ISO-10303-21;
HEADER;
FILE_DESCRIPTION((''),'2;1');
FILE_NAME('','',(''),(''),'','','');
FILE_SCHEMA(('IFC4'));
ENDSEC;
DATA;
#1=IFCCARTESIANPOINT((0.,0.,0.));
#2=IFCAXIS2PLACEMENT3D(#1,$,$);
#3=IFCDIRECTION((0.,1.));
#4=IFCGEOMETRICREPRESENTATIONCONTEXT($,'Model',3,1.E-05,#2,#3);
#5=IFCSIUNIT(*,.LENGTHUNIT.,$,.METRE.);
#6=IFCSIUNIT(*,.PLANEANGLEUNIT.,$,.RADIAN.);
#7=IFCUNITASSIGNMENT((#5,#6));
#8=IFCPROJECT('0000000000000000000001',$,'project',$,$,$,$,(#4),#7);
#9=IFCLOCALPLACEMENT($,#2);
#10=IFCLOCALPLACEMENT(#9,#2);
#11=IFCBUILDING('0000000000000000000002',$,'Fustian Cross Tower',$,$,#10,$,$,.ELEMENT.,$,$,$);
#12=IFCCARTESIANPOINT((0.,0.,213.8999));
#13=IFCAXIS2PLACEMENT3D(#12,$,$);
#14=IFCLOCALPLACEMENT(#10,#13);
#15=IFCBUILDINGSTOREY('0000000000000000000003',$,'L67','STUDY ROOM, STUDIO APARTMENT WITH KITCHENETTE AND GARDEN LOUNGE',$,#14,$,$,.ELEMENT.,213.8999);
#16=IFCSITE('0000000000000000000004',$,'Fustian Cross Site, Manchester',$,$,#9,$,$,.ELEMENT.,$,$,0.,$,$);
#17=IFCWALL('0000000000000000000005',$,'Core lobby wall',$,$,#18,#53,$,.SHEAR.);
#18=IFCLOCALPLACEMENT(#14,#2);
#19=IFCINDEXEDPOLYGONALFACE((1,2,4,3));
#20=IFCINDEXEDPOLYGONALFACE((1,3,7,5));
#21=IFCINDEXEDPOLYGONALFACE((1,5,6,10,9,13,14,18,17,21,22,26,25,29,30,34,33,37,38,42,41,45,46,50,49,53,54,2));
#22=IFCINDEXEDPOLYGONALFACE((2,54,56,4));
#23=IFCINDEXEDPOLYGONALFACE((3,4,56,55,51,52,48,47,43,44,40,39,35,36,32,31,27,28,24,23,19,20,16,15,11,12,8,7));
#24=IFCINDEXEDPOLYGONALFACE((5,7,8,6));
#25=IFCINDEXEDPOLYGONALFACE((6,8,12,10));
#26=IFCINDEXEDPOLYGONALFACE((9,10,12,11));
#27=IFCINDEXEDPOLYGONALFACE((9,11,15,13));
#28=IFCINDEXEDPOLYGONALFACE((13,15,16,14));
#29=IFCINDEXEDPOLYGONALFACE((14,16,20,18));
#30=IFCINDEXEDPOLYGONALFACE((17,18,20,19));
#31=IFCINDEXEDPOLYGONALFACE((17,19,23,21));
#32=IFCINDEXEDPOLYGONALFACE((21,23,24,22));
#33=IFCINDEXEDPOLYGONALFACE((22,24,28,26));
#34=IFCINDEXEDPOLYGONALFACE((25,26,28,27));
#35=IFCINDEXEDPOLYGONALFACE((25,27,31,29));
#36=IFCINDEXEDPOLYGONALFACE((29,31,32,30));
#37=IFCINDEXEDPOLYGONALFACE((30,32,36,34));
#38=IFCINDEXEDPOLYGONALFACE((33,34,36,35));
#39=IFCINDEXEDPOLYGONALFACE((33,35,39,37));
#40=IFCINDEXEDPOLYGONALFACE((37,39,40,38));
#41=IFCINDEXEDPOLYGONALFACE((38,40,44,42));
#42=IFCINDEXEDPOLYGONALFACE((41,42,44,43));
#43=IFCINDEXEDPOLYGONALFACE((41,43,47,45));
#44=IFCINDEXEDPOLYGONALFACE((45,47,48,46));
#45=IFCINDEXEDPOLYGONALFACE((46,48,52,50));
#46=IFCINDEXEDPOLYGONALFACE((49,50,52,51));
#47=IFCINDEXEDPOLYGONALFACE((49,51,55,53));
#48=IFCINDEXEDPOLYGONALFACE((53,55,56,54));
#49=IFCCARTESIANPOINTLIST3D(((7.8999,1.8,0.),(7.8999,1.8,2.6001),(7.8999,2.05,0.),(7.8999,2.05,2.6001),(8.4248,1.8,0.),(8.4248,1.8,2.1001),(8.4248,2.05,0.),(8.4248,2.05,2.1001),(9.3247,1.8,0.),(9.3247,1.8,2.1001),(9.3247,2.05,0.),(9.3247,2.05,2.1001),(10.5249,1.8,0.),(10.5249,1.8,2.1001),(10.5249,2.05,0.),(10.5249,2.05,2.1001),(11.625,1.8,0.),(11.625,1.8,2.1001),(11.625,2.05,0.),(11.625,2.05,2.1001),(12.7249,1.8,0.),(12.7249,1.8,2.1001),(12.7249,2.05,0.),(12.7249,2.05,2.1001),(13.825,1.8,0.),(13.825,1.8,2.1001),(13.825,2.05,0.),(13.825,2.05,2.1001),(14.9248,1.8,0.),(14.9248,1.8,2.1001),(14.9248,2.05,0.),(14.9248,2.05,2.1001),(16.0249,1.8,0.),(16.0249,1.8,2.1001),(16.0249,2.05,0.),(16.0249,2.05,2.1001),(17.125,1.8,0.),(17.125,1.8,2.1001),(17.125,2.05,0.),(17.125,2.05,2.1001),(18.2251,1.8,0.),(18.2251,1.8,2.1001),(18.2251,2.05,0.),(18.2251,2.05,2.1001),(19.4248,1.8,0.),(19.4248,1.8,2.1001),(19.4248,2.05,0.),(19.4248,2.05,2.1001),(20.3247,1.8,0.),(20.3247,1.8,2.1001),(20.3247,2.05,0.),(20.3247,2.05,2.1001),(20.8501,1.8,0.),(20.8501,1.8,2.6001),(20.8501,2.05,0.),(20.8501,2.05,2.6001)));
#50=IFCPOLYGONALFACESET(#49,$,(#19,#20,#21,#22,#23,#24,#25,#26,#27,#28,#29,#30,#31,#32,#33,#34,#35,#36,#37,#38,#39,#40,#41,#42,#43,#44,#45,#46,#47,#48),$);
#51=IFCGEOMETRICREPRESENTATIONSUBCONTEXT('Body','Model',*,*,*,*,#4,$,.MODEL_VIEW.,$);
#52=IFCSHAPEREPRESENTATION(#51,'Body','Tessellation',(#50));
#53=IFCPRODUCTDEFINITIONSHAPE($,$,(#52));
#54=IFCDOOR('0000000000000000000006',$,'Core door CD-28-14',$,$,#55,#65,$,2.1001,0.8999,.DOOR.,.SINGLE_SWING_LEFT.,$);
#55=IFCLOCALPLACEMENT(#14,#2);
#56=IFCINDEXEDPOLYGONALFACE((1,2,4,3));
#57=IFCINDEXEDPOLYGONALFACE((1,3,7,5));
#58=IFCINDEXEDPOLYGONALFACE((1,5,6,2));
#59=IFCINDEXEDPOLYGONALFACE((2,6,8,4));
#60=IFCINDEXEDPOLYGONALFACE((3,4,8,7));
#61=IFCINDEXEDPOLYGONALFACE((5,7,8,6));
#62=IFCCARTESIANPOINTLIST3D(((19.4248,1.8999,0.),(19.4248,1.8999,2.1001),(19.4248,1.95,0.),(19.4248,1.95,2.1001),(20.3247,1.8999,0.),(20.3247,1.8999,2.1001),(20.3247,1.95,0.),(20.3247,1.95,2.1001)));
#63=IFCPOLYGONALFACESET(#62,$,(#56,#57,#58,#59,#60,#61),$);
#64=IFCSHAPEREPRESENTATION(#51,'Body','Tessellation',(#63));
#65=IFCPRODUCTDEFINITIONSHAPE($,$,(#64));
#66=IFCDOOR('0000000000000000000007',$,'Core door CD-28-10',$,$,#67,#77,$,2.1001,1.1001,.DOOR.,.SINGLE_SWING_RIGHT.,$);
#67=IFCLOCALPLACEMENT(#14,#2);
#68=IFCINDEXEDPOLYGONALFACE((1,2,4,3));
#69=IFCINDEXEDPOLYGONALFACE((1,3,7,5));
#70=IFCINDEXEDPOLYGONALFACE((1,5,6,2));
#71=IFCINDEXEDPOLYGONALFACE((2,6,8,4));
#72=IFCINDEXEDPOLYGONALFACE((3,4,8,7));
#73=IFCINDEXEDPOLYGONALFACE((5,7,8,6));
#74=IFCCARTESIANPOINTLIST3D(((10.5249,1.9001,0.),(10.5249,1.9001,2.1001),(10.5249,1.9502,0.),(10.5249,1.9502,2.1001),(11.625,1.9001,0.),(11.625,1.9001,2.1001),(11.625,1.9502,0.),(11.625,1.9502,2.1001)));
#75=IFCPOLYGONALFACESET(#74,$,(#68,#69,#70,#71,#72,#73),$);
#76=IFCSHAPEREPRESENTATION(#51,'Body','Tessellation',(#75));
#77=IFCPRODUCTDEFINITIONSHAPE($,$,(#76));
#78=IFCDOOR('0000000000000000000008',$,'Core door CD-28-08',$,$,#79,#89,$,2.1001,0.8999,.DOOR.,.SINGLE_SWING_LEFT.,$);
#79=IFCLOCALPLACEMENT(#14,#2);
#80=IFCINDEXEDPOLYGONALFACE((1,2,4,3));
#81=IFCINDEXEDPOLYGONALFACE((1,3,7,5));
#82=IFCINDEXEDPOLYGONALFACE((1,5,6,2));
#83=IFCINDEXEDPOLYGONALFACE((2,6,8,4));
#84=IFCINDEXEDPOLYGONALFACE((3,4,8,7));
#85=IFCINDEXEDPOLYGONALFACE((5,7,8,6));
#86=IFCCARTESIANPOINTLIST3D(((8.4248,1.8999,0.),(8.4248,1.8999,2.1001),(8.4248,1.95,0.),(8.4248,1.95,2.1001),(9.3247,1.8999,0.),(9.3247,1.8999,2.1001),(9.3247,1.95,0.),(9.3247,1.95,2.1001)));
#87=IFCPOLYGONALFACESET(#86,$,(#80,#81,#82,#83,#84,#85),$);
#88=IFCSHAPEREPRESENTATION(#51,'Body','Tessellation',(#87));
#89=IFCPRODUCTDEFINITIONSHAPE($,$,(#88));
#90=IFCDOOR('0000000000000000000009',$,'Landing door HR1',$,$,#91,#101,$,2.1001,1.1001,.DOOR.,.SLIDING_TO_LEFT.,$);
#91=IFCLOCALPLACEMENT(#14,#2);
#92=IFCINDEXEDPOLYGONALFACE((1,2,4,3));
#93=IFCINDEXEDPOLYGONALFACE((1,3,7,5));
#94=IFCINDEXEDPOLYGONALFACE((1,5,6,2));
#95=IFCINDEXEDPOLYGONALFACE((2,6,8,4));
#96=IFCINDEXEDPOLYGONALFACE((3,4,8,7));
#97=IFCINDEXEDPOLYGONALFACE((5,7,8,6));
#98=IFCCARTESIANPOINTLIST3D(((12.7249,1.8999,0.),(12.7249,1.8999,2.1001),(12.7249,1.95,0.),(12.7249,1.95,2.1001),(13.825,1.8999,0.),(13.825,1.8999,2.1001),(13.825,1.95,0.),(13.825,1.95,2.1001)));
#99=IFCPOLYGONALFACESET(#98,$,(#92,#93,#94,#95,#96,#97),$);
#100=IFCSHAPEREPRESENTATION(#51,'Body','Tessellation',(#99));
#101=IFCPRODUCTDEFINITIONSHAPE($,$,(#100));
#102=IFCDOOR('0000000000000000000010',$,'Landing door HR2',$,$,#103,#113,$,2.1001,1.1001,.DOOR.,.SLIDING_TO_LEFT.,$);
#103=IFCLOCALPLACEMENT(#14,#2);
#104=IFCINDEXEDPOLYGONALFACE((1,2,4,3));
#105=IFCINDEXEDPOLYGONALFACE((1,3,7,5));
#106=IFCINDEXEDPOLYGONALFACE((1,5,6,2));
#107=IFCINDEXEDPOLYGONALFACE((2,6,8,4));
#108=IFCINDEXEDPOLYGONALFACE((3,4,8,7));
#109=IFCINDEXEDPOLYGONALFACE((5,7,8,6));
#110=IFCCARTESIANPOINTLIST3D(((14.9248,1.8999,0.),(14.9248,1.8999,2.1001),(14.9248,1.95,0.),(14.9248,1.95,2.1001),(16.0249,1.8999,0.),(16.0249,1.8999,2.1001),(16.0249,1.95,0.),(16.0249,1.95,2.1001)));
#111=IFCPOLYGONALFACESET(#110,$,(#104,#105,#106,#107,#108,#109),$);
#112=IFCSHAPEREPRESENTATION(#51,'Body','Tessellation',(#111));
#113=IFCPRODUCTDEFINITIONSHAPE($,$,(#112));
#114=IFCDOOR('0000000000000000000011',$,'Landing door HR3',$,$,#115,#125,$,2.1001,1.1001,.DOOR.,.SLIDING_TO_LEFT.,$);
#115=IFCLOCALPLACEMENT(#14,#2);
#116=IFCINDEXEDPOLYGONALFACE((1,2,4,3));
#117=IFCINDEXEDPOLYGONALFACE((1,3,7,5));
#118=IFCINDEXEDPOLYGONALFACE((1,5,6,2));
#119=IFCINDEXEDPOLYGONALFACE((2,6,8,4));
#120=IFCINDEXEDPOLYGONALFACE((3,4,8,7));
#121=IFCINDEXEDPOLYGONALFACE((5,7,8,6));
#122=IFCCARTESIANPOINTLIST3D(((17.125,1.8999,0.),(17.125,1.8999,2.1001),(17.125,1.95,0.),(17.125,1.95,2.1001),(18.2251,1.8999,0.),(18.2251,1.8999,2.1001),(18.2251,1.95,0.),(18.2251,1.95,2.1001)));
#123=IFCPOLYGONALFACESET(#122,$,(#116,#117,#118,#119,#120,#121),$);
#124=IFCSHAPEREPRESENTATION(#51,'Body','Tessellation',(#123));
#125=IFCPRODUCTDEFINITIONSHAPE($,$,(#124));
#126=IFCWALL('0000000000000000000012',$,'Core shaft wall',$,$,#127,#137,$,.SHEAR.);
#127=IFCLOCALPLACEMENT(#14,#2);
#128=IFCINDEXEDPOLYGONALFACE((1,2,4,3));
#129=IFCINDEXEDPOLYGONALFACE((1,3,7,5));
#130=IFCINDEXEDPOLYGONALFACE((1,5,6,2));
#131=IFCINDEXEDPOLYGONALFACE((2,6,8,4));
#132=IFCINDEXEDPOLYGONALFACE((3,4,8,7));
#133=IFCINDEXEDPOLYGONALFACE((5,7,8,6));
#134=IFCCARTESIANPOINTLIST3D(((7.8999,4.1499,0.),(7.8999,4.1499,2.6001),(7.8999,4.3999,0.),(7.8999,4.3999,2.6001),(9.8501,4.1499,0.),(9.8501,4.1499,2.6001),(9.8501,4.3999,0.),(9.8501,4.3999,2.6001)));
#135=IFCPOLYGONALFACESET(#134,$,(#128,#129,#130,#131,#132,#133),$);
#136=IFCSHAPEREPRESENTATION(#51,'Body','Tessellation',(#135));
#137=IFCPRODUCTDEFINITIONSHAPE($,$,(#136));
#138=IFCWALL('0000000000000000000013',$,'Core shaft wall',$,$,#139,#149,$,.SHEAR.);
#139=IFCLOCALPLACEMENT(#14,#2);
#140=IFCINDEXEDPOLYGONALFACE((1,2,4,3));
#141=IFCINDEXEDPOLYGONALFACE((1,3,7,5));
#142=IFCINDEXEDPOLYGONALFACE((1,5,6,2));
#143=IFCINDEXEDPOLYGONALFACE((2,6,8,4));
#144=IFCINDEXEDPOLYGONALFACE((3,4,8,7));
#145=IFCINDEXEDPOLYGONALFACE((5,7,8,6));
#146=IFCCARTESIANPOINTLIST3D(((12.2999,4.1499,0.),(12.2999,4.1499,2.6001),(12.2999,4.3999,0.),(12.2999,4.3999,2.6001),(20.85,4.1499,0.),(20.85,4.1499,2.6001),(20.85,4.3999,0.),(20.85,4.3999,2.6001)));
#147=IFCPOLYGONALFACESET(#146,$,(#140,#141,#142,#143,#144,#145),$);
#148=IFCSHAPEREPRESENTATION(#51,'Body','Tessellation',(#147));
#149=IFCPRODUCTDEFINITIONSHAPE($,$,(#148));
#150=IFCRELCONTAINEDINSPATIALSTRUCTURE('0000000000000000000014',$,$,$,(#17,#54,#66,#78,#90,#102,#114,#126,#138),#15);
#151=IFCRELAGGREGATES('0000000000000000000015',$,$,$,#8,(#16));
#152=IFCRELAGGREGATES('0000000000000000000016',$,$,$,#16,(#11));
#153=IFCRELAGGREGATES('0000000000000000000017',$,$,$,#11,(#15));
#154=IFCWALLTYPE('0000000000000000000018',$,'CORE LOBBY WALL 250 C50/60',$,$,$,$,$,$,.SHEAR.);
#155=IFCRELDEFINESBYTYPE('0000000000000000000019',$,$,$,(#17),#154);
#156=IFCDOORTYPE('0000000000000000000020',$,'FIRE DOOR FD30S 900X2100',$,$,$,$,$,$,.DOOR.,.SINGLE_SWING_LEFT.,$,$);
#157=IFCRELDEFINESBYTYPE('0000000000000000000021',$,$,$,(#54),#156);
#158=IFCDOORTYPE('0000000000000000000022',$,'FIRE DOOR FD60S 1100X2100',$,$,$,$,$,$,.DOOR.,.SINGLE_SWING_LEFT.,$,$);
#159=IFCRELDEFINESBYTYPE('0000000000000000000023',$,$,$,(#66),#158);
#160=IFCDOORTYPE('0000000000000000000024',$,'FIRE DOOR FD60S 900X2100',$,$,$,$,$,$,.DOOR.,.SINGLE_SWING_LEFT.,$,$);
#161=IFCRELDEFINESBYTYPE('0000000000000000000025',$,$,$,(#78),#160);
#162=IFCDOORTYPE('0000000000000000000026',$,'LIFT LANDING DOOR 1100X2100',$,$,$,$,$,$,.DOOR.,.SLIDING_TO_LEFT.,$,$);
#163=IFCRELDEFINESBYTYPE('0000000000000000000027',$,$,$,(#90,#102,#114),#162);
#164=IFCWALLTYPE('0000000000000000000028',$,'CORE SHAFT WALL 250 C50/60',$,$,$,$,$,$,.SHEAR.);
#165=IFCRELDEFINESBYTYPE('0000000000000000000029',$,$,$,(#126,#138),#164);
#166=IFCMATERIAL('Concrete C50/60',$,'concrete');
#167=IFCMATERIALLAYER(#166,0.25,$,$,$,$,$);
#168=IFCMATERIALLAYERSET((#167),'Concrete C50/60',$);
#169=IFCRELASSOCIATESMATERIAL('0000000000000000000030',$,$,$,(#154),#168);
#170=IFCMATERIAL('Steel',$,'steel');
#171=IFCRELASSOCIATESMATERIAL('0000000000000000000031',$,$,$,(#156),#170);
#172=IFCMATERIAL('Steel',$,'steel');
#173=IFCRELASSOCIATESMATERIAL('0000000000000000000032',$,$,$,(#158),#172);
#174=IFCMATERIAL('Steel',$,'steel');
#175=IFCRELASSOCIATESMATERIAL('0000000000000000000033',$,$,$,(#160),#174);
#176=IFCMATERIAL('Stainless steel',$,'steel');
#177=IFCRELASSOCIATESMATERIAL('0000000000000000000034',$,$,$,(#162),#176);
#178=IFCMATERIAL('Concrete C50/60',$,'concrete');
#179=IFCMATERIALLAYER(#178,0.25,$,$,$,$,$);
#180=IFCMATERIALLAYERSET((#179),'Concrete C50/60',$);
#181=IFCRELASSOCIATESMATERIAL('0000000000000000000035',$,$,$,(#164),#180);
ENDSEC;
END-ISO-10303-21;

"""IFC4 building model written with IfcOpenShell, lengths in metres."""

from ifc_helpers import new_model, si_unit, direction, frame, frame_2d, origin, place, context, subcontext, project, spatial, rectangle, extrude, material, layer, layer_set, type_object, element, fill, save


model = new_model("IFC4")

# Units and contexts
model_context = context("Model", 3, precision=1e-05, world=origin(), true_north=direction((0.0, 1.0)))
body_context = subcontext(model_context, "Body", "Model", "MODEL_VIEW")
ifc_project = project(units=[si_unit("LENGTHUNIT", "METRE"), si_unit("PLANEANGLEUNIT", "RADIAN")], contexts=[model_context])

# Site, building, storey
site_placement = place(None, origin())
site = spatial("IfcSite", under=ifc_project, at=site_placement, Name="Fustian Cross Site, Manchester", CompositionType="ELEMENT", RefElevation=0.0)
building_placement = place(site_placement, origin())
building = spatial("IfcBuilding", under=site, at=building_placement, Name="Fustian Cross Tower", CompositionType="ELEMENT")
storey_placement = place(building_placement, frame((0.0, 0.0, 213.8999)))
storey = spatial("IfcBuildingStorey", under=building, at=storey_placement, Name="L67", Description="STUDY ROOM, STUDIO APARTMENT WITH KITCHENETTE AND GARDEN LOUNGE", CompositionType="ELEMENT", Elevation=213.8999)

# Wall, openings, doors
ifc_material_1 = material(Name="Concrete C50/60", Category="concrete")
ifc_layer_1 = layer(ifc_material_1, 0.25)
ifc_layer_set_1 = layer_set([ifc_layer_1], Name="Concrete C50/60")
wall_type_1 = type_object("IfcWallType", Name="CORE LOBBY WALL 250 C50/60", PredefinedType="SHEAR", material=ifc_layer_set_1)
wall_1_placement = place(storey_placement, frame((7.8999, 1.925, 0.0), z_axis=(0.0, 0.0, 1.0), x_axis=(1.0, 0.0, 0.0)))
wall_1 = element("IfcWall", 1, at=wall_1_placement, inside=storey, type_object=wall_type_1, Name="Core lobby wall", PredefinedType="SHEAR", context=body_context, shape_type="SweptSolid", body=[
    extrude(rectangle(XDim=12.9502, YDim=0.25, at=frame_2d((6.4751, 0.0))), origin(), (0.0, 0.0, 1.0), 2.6001),
])
opening_1_placement = place(wall_1_placement, frame((4.825, 0.0, 0.0)))
opening_1 = element("IfcOpeningElement", 2, at=opening_1_placement, cuts=wall_1, PredefinedType="OPENING", context=body_context, shape_type="SweptSolid", body=[
    extrude(rectangle(XDim=1.1001, YDim=2.1001, at=frame_2d((0.55, 1.05))), frame((0.0, 0.135, 0.0), z_axis=(0.0, -1.0, 0.0), x_axis=(1.0, 0.0, 0.0)), (0.0, 0.0, 1.0), 0.27),
])
opening_2_placement = place(wall_1_placement, frame((7.0249, 0.0, 0.0)))
opening_2 = element("IfcOpeningElement", 3, at=opening_2_placement, cuts=wall_1, PredefinedType="OPENING", context=body_context, shape_type="SweptSolid", body=[
    extrude(rectangle(XDim=1.1001, YDim=2.1001, at=frame_2d((0.55, 1.05))), frame((0.0, 0.135, 0.0), z_axis=(0.0, -1.0, 0.0), x_axis=(1.0, 0.0, 0.0)), (0.0, 0.0, 1.0), 0.27),
])
opening_3_placement = place(wall_1_placement, frame((9.2251, 0.0, 0.0)))
opening_3 = element("IfcOpeningElement", 4, at=opening_3_placement, cuts=wall_1, PredefinedType="OPENING", context=body_context, shape_type="SweptSolid", body=[
    extrude(rectangle(XDim=1.1001, YDim=2.1001, at=frame_2d((0.55, 1.05))), frame((0.0, 0.135, 0.0), z_axis=(0.0, -1.0, 0.0), x_axis=(1.0, 0.0, 0.0)), (0.0, 0.0, 1.0), 0.27),
])
opening_4_placement = place(wall_1_placement, frame((0.5249, 0.0, 0.0)))
opening_4 = element("IfcOpeningElement", 5, at=opening_4_placement, cuts=wall_1, PredefinedType="OPENING", context=body_context, shape_type="SweptSolid", body=[
    extrude(rectangle(XDim=0.8999, YDim=2.1001, at=frame_2d((0.45, 1.05))), frame((0.0, 0.135, 0.0), z_axis=(0.0, -1.0, 0.0), x_axis=(1.0, 0.0, 0.0)), (0.0, 0.0, 1.0), 0.27),
])
opening_5_placement = place(wall_1_placement, frame((2.625, 0.0, 0.0)))
opening_5 = element("IfcOpeningElement", 6, at=opening_5_placement, cuts=wall_1, PredefinedType="OPENING", context=body_context, shape_type="SweptSolid", body=[
    extrude(rectangle(XDim=1.1001, YDim=2.1001, at=frame_2d((0.55, 1.05))), frame((0.0, 0.135, 0.0), z_axis=(0.0, -1.0, 0.0), x_axis=(1.0, 0.0, 0.0)), (0.0, 0.0, 1.0), 0.27),
])
opening_6_placement = place(wall_1_placement, frame((11.5249, 0.0, 0.0)))
opening_6 = element("IfcOpeningElement", 7, at=opening_6_placement, cuts=wall_1, PredefinedType="OPENING", context=body_context, shape_type="SweptSolid", body=[
    extrude(rectangle(XDim=0.8999, YDim=2.1001, at=frame_2d((0.45, 1.05))), frame((0.0, 0.135, 0.0), z_axis=(0.0, -1.0, 0.0), x_axis=(1.0, 0.0, 0.0)), (0.0, 0.0, 1.0), 0.27),
])
ifc_material_2 = material(Name="Steel", Category="steel")
door_type_1 = type_object("IfcDoorType", Name="FIRE DOOR FD30S 900X2100", OperationType="SINGLE_SWING_LEFT", PredefinedType="DOOR", material=ifc_material_2)
door_1_placement = place(opening_6_placement, origin())
door_1 = element("IfcDoor", 8, at=door_1_placement, inside=storey, type_object=door_type_1, Name="Core door CD-28-14", OperationType="SINGLE_SWING_LEFT", OverallHeight=2.1001, OverallWidth=0.8999, PredefinedType="DOOR", context=body_context, shape_type="SweptSolid", body=[
    extrude(rectangle(XDim=0.8999, YDim=2.1001, at=frame_2d((0.45, 1.05))), frame((0.0, 0.0249, 0.0), z_axis=(0.0, -1.0, 0.0), x_axis=(1.0, 0.0, 0.0)), (0.0, 0.0, 1.0), 0.05),
])
fill(opening_6, door_1)
ifc_material_3 = material(Name="Steel", Category="steel")
door_type_2 = type_object("IfcDoorType", Name="FIRE DOOR FD60S 1100X2100", OperationType="SINGLE_SWING_LEFT", PredefinedType="DOOR", material=ifc_material_3)
door_2_placement = place(opening_5_placement, frame((1.1001, 0.0, 0.0), z_axis=(0.0, 0.0, 1.0), x_axis=(-1.0, 0.0, 0.0)))
door_2 = element("IfcDoor", 9, at=door_2_placement, inside=storey, type_object=door_type_2, Name="Core door CD-28-10", OperationType="SINGLE_SWING_RIGHT", OverallHeight=2.1001, OverallWidth=1.1001, PredefinedType="DOOR", context=body_context, shape_type="SweptSolid", body=[
    extrude(rectangle(XDim=1.1001, YDim=2.1001, at=frame_2d((0.55, 1.05))), frame((0.0, 0.0249, 0.0), z_axis=(0.0, -1.0, 0.0), x_axis=(1.0, 0.0, 0.0)), (0.0, 0.0, 1.0), 0.05),
])
fill(opening_5, door_2)
ifc_material_4 = material(Name="Steel", Category="steel")
door_type_3 = type_object("IfcDoorType", Name="FIRE DOOR FD60S 900X2100", OperationType="SINGLE_SWING_LEFT", PredefinedType="DOOR", material=ifc_material_4)
door_3_placement = place(opening_4_placement, origin())
door_3 = element("IfcDoor", 10, at=door_3_placement, inside=storey, type_object=door_type_3, Name="Core door CD-28-08", OperationType="SINGLE_SWING_LEFT", OverallHeight=2.1001, OverallWidth=0.8999, PredefinedType="DOOR", context=body_context, shape_type="SweptSolid", body=[
    extrude(rectangle(XDim=0.8999, YDim=2.1001, at=frame_2d((0.45, 1.05))), frame((0.0, 0.0249, 0.0), z_axis=(0.0, -1.0, 0.0), x_axis=(1.0, 0.0, 0.0)), (0.0, 0.0, 1.0), 0.05),
])
fill(opening_4, door_3)
ifc_material_5 = material(Name="Stainless steel", Category="steel")
door_type_4 = type_object("IfcDoorType", Name="LIFT LANDING DOOR 1100X2100", OperationType="SLIDING_TO_LEFT", PredefinedType="DOOR", material=ifc_material_5)
door_4_placement = place(opening_1_placement, origin())
door_4 = element("IfcDoor", 11, at=door_4_placement, inside=storey, type_object=door_type_4, Name="Landing door HR1", OperationType="SLIDING_TO_LEFT", OverallHeight=2.1001, OverallWidth=1.1001, PredefinedType="DOOR", context=body_context, shape_type="SweptSolid", body=[
    extrude(rectangle(XDim=1.1001, YDim=2.1001, at=frame_2d((0.55, 1.05))), frame((0.0, 0.0249, 0.0), z_axis=(0.0, -1.0, 0.0), x_axis=(1.0, 0.0, 0.0)), (0.0, 0.0, 1.0), 0.05),
])
fill(opening_1, door_4)
door_5_placement = place(opening_2_placement, origin())
door_5 = element("IfcDoor", 12, at=door_5_placement, inside=storey, type_object=door_type_4, Name="Landing door HR2", OperationType="SLIDING_TO_LEFT", OverallHeight=2.1001, OverallWidth=1.1001, PredefinedType="DOOR", context=body_context, shape_type="SweptSolid", body=[
    extrude(rectangle(XDim=1.1001, YDim=2.1001, at=frame_2d((0.55, 1.05))), frame((0.0, 0.0249, 0.0), z_axis=(0.0, -1.0, 0.0), x_axis=(1.0, 0.0, 0.0)), (0.0, 0.0, 1.0), 0.05),
])
fill(opening_2, door_5)
door_6_placement = place(opening_3_placement, origin())
door_6 = element("IfcDoor", 13, at=door_6_placement, inside=storey, type_object=door_type_4, Name="Landing door HR3", OperationType="SLIDING_TO_LEFT", OverallHeight=2.1001, OverallWidth=1.1001, PredefinedType="DOOR", context=body_context, shape_type="SweptSolid", body=[
    extrude(rectangle(XDim=1.1001, YDim=2.1001, at=frame_2d((0.55, 1.05))), frame((0.0, 0.0249, 0.0), z_axis=(0.0, -1.0, 0.0), x_axis=(1.0, 0.0, 0.0)), (0.0, 0.0, 1.0), 0.05),
])
fill(opening_3, door_6)

# Walls
ifc_material_6 = material(Name="Concrete C50/60", Category="concrete")
ifc_layer_2 = layer(ifc_material_6, 0.25)
ifc_layer_set_2 = layer_set([ifc_layer_2], Name="Concrete C50/60")
wall_type_2 = type_object("IfcWallType", Name="CORE SHAFT WALL 250 C50/60", PredefinedType="SHEAR", material=ifc_layer_set_2)
wall_2_placement = place(storey_placement, frame((7.8999, 4.2749, 0.0), z_axis=(0.0, 0.0, 1.0), x_axis=(1.0, 0.0, 0.0)))
element("IfcWall", 14, at=wall_2_placement, inside=storey, type_object=wall_type_2, Name="Core shaft wall", PredefinedType="SHEAR", context=body_context, shape_type="SweptSolid", body=[
    extrude(rectangle(XDim=1.9502, YDim=0.25, at=frame_2d((0.9751, 0.0))), origin(), (0.0, 0.0, 1.0), 2.6001),
])
wall_3_placement = place(storey_placement, frame((12.3, 4.2749, 0.0), z_axis=(0.0, 0.0, 1.0), x_axis=(1.0, 0.0, 0.0)))
element("IfcWall", 15, at=wall_3_placement, inside=storey, type_object=wall_type_2, Name="Core shaft wall", PredefinedType="SHEAR", context=body_context, shape_type="SweptSolid", body=[
    extrude(rectangle(XDim=8.55, YDim=0.25, at=frame_2d((4.2749, 0.0))), origin(), (0.0, 0.0, 1.0), 2.6001),
])

save(model, "model.ifc")
